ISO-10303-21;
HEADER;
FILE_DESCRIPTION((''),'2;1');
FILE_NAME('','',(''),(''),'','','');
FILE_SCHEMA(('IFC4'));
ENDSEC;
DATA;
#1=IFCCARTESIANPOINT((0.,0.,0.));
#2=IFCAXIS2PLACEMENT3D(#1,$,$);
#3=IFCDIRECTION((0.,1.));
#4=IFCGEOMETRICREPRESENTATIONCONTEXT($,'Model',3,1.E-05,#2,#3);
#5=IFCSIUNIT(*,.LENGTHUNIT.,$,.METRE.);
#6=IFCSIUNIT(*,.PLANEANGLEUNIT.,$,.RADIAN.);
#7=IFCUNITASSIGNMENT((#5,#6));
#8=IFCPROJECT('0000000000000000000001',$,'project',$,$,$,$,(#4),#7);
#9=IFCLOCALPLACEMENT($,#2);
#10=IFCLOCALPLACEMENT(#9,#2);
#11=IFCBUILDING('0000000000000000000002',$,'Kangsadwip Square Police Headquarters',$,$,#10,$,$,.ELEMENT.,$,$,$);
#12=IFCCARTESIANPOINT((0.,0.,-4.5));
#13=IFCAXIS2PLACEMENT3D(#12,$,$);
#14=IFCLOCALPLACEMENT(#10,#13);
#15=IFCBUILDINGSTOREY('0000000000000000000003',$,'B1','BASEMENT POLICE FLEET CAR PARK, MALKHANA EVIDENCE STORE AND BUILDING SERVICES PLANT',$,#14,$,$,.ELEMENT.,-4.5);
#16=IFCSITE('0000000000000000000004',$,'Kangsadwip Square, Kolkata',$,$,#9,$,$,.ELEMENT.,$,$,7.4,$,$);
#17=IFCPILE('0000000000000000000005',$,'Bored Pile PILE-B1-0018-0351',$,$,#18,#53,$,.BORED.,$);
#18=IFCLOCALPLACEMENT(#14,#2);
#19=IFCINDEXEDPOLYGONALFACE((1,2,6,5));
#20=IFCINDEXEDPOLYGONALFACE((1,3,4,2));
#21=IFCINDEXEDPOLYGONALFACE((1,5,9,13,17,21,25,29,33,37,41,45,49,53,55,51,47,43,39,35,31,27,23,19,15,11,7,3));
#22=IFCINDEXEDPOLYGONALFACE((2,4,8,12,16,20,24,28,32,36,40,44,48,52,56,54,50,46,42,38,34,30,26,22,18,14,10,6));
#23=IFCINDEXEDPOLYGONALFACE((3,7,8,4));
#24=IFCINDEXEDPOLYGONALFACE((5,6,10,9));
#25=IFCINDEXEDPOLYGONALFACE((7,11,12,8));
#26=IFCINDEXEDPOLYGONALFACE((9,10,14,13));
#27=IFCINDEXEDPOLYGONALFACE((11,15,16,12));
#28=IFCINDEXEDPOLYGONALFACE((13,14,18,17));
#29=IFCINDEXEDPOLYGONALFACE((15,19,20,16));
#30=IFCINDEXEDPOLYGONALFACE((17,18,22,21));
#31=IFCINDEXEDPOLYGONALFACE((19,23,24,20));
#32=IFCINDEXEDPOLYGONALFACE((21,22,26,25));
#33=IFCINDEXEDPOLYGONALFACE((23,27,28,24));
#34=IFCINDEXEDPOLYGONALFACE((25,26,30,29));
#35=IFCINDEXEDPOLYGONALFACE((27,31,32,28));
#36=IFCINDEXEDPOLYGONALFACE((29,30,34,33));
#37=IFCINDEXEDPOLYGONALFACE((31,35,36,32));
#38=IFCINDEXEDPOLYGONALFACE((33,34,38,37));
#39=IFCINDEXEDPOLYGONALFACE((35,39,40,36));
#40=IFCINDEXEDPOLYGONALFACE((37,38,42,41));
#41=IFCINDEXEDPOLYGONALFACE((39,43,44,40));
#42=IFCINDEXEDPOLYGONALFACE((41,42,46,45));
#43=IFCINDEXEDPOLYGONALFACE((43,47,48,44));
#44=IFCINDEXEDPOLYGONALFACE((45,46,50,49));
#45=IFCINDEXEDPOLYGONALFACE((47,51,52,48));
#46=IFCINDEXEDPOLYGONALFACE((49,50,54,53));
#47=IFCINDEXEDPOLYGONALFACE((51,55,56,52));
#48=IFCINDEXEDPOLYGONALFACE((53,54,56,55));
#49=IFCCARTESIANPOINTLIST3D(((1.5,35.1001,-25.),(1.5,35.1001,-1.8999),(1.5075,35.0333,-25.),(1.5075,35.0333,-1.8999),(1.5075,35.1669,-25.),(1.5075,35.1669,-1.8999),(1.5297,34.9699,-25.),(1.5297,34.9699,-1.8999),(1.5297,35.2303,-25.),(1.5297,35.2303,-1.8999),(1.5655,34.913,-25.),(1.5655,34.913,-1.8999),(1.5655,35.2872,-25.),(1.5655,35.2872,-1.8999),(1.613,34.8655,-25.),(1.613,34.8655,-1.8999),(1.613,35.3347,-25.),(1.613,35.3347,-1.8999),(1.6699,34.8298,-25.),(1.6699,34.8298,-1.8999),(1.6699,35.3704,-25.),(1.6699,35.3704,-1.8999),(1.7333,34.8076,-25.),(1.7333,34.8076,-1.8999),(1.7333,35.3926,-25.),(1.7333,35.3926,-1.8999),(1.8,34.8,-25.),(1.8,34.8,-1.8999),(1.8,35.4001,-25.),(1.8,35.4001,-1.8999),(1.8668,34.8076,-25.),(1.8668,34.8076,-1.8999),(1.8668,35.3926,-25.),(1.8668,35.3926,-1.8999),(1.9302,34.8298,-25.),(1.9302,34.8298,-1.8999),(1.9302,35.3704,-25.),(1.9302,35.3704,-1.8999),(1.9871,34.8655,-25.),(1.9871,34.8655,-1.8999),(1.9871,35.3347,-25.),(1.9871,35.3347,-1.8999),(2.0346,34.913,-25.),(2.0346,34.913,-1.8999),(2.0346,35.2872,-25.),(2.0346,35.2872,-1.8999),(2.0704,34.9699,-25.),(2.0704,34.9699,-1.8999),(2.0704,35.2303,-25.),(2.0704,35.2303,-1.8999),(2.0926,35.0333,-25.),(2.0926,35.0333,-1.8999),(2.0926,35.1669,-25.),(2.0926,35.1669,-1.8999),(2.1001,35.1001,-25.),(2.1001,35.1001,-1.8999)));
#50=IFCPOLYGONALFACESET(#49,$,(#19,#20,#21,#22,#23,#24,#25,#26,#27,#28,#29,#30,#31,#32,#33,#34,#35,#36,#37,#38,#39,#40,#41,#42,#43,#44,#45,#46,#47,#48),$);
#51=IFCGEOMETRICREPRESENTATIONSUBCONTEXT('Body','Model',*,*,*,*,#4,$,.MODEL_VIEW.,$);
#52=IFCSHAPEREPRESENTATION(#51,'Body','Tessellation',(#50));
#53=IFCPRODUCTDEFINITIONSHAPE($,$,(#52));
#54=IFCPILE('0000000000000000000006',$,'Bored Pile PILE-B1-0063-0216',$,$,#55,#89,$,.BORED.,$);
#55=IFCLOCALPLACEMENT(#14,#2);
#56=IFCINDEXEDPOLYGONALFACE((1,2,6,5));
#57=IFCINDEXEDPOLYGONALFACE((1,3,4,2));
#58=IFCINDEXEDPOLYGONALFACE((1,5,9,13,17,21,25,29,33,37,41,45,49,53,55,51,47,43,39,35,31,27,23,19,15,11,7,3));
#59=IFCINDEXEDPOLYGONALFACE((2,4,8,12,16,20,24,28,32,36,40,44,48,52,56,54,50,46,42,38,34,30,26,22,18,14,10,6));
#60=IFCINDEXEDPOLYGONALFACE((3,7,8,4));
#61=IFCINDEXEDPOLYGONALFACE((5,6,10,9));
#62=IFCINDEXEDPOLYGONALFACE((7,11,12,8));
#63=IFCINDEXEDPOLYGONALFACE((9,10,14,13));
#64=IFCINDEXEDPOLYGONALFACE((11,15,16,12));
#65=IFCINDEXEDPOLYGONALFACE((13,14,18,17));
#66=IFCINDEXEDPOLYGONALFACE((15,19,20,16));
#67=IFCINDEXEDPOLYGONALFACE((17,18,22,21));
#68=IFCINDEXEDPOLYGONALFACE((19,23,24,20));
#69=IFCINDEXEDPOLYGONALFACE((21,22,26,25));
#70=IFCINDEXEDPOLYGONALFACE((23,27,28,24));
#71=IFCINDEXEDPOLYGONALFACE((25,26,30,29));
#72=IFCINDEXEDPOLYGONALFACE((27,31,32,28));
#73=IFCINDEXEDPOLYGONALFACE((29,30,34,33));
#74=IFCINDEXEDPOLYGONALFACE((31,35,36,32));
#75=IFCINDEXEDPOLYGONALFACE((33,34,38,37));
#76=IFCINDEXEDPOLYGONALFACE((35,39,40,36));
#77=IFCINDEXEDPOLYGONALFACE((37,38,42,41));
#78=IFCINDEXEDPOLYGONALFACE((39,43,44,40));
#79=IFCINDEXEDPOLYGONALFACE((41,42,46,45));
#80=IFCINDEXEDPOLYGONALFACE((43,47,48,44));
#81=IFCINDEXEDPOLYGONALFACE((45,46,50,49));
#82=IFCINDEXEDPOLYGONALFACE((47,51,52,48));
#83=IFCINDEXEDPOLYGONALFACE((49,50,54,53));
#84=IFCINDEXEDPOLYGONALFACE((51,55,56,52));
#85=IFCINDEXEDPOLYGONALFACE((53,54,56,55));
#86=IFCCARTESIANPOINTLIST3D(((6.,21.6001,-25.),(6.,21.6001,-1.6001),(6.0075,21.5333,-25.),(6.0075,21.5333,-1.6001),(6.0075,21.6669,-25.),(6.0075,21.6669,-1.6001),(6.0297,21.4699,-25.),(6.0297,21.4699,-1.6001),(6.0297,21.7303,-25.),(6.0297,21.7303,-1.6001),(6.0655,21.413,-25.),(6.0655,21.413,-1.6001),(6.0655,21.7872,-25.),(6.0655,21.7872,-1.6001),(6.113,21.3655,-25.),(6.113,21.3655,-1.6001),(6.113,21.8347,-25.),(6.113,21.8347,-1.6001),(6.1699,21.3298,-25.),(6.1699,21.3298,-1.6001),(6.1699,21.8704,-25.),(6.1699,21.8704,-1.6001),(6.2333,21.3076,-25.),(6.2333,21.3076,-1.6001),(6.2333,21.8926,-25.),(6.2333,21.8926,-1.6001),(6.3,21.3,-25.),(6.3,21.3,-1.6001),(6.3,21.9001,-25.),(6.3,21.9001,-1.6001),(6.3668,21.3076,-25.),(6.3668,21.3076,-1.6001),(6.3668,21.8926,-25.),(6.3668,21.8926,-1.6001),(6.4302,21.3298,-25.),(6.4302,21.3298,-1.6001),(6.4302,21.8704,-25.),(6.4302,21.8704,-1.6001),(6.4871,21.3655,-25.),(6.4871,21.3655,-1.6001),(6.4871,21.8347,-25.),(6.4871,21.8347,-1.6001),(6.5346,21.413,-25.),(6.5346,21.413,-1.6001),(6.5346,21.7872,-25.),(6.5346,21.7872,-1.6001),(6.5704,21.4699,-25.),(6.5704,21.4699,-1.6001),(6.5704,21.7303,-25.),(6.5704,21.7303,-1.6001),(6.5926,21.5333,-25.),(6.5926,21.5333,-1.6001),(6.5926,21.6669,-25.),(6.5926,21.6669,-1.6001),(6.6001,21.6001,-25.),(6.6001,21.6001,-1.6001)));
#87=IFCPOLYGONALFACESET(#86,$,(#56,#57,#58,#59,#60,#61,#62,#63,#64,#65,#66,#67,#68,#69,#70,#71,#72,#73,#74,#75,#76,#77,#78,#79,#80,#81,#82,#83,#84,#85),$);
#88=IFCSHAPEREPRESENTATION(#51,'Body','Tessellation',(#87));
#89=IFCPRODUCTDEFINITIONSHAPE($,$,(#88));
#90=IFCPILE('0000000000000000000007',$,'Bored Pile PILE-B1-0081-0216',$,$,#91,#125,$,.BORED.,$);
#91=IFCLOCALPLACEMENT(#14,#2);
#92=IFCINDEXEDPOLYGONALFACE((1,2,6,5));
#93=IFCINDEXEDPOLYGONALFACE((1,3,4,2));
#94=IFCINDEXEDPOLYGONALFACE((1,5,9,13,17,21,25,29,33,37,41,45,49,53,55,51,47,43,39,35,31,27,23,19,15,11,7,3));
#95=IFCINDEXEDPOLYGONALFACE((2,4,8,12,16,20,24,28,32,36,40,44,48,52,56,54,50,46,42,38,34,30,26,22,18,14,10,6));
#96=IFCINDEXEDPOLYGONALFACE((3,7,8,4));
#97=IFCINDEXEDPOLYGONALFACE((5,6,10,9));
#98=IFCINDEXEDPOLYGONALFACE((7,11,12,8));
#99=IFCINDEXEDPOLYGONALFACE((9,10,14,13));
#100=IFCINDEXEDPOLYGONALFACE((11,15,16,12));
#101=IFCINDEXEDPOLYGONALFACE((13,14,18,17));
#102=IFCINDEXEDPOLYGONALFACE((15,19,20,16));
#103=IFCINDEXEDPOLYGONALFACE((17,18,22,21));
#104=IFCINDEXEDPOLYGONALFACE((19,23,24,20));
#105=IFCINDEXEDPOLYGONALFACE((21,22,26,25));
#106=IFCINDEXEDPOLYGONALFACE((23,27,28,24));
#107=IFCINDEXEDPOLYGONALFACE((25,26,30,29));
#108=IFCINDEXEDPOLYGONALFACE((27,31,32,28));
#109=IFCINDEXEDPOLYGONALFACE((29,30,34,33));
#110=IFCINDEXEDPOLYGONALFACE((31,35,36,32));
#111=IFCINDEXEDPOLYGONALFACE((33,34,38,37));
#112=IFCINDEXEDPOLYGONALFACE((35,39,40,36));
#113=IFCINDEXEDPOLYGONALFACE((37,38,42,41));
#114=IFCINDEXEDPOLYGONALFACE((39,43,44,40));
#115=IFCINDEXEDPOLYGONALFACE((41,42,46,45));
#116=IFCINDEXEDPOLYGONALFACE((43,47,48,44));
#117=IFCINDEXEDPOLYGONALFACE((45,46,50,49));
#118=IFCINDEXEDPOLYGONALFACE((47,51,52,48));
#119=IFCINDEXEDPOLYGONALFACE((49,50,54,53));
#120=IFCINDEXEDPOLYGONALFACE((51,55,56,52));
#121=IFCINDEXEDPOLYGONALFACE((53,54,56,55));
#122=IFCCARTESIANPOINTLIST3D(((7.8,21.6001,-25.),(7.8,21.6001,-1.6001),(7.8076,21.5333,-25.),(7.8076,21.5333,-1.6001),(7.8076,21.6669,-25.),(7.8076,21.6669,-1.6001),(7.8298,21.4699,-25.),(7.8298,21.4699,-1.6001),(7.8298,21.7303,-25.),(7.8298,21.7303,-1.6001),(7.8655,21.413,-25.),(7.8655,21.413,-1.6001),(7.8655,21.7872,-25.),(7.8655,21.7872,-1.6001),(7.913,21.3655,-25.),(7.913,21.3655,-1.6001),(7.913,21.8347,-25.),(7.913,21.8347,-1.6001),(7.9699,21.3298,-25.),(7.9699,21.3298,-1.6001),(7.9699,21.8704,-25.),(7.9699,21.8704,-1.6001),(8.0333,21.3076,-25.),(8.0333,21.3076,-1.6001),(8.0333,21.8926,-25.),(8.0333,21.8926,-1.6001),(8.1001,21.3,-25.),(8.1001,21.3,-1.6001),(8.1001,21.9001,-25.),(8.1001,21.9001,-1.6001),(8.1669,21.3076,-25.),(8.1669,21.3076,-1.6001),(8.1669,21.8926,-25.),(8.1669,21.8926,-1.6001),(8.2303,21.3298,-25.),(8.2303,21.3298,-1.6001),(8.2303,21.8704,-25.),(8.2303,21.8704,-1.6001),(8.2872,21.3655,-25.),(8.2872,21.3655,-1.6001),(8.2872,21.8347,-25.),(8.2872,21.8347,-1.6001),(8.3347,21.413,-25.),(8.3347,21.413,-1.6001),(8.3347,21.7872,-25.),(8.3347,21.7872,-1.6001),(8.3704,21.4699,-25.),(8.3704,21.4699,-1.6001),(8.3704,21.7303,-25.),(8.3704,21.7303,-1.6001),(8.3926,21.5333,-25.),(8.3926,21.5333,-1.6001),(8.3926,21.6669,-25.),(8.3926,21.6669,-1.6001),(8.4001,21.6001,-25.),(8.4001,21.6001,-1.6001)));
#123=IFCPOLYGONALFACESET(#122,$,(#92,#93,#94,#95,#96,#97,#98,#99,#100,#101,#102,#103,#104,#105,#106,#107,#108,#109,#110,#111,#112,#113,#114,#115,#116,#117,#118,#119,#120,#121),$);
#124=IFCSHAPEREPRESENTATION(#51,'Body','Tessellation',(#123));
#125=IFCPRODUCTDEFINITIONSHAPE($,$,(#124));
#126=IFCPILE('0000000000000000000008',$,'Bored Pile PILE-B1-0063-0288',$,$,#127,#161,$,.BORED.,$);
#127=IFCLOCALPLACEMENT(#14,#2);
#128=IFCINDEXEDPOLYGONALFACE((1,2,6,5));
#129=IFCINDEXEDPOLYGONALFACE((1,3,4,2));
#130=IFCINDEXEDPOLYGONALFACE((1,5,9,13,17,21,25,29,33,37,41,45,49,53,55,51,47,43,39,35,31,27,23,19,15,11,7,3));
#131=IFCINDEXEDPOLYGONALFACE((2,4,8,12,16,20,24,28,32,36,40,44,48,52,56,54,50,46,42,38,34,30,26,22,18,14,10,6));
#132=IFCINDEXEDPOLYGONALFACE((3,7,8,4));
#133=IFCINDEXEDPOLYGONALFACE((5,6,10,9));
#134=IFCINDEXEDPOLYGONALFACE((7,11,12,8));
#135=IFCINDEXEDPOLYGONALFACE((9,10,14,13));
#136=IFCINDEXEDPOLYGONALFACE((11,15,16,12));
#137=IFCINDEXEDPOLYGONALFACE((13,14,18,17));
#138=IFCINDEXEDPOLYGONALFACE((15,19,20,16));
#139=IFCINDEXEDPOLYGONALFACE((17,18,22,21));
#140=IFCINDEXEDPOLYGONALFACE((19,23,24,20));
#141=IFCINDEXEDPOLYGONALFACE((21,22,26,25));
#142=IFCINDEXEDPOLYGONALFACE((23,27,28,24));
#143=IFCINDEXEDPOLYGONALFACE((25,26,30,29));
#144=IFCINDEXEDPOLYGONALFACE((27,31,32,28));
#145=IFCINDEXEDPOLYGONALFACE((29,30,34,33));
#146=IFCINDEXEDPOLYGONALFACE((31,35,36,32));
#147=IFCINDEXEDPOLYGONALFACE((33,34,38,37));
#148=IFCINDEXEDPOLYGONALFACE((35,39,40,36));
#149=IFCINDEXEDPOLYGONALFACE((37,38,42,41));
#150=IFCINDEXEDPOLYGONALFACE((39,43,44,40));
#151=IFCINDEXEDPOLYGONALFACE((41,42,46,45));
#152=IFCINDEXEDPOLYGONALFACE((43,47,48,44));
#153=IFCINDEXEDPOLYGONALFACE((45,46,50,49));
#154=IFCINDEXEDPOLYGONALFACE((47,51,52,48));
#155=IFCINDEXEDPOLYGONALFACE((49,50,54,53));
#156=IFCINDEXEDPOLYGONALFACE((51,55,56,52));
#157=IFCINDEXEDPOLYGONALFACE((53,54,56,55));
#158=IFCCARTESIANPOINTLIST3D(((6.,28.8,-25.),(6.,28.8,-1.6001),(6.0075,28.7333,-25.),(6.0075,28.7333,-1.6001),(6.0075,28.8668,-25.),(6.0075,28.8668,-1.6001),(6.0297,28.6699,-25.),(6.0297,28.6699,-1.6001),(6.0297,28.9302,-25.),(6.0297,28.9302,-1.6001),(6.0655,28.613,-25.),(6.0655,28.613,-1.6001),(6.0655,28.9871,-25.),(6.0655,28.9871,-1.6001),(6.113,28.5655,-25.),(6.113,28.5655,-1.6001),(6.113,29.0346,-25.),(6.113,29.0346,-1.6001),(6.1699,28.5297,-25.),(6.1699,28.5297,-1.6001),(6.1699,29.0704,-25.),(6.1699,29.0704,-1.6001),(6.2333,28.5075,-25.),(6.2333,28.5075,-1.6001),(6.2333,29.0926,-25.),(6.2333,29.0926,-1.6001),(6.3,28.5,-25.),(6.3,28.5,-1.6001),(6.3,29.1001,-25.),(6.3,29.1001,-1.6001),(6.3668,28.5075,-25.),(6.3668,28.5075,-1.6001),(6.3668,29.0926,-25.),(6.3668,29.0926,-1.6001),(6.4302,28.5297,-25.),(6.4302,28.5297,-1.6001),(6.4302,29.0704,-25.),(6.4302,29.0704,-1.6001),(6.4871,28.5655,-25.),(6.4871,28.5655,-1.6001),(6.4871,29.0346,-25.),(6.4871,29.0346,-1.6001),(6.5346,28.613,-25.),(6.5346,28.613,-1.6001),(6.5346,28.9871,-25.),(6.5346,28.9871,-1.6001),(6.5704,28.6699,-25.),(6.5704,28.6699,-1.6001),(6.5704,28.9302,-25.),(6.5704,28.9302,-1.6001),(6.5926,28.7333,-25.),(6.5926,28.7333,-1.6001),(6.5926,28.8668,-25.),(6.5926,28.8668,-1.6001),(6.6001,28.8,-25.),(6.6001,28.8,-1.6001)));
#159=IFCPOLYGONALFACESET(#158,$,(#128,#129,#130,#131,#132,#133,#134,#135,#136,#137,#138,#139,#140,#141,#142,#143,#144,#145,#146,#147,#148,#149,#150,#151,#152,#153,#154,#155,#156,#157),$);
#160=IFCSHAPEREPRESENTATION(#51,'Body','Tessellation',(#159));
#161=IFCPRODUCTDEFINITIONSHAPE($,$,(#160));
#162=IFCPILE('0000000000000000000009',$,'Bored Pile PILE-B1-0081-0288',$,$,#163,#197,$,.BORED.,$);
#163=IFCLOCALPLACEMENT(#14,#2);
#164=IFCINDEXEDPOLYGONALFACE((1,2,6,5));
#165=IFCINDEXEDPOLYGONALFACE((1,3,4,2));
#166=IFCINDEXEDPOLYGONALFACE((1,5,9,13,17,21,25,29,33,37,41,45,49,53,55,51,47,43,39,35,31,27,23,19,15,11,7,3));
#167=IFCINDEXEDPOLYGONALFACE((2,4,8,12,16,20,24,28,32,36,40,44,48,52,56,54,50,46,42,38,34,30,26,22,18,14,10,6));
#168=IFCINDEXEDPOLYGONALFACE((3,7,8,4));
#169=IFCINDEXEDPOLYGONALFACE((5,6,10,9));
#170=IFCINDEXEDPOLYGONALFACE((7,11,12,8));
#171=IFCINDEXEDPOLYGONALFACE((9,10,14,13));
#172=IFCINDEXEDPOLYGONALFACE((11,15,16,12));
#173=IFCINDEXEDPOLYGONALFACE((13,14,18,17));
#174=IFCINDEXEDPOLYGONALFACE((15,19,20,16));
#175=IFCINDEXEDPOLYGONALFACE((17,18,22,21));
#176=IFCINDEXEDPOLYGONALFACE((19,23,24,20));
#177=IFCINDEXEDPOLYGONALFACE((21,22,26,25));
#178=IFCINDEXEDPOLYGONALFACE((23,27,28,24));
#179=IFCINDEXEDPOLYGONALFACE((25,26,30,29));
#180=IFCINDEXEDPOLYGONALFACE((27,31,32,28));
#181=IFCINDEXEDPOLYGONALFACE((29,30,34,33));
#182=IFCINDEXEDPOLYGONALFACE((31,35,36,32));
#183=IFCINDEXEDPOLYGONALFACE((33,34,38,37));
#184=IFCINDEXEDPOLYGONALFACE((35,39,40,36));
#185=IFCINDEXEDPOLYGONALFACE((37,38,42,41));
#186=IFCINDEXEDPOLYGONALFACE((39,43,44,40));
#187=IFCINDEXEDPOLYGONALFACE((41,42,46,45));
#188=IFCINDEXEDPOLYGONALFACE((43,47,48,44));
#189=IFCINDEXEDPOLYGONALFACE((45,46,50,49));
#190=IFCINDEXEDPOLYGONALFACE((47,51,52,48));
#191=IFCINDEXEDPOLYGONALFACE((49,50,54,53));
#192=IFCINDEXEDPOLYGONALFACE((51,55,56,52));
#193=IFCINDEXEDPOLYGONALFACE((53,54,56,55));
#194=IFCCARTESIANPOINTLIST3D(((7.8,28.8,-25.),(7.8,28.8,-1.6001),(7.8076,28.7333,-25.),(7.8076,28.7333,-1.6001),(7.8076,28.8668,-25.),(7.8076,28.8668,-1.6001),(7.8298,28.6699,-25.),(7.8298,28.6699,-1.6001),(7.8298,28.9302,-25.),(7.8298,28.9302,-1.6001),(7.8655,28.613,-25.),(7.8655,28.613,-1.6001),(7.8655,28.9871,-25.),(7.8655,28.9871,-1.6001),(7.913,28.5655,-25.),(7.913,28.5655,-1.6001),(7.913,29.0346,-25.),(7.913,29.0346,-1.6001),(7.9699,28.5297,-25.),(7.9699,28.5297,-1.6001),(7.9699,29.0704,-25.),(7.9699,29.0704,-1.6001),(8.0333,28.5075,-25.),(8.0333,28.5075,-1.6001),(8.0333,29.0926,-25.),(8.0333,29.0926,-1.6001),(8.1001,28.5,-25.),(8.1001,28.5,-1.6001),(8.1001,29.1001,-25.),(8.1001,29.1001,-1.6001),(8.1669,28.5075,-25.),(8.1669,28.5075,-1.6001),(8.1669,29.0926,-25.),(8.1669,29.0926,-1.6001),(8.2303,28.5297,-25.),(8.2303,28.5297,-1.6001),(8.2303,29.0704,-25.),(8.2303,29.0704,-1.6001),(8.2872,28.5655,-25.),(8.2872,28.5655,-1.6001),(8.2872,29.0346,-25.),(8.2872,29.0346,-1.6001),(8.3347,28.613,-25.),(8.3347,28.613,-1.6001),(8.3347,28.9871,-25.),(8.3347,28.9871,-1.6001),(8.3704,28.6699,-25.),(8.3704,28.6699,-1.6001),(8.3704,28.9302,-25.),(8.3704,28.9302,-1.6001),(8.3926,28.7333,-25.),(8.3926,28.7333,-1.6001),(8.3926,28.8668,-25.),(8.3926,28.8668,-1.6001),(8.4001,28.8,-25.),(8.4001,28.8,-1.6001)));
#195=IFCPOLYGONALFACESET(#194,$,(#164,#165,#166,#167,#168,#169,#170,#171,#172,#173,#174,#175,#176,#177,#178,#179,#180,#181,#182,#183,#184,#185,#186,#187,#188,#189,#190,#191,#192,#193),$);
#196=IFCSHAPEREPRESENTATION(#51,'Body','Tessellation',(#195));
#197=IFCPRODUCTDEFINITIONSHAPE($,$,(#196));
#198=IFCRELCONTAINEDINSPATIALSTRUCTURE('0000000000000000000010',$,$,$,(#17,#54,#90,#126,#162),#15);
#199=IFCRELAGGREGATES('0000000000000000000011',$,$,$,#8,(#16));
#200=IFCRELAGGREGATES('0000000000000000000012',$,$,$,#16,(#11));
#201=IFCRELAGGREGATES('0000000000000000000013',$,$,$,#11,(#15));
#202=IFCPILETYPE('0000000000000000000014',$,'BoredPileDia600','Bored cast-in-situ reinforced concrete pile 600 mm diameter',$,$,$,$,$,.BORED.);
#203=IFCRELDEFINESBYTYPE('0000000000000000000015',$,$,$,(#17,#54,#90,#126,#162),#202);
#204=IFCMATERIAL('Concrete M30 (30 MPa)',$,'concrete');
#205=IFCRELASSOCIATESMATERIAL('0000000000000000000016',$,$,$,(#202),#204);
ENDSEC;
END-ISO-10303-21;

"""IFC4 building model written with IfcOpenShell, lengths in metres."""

from ifc_helpers import new_model, si_unit, direction, frame, origin, origin_2d, place, context, subcontext, project, spatial, circle, extrude, material, material_profile, profile_set, type_object, element, save


model = new_model("IFC4")

# Units and contexts
model_context = context("Model", 3, precision=1e-05, world=origin(), true_north=direction((0.0, 1.0)))
body_context = subcontext(model_context, "Body", "Model", "MODEL_VIEW")
ifc_project = project(units=[si_unit("LENGTHUNIT", "METRE"), si_unit("PLANEANGLEUNIT", "RADIAN")], contexts=[model_context])

# Site, building, storey
site_placement = place(None, origin())
site = spatial("IfcSite", under=ifc_project, at=site_placement, Name="Kangsadwip Square, Kolkata", CompositionType="ELEMENT", RefElevation=7.4)
building_placement = place(site_placement, origin())
building = spatial("IfcBuilding", under=site, at=building_placement, Name="Kangsadwip Square Police Headquarters", CompositionType="ELEMENT")
storey_placement = place(building_placement, frame((0.0, 0.0, -4.5)))
storey = spatial("IfcBuildingStorey", under=building, at=storey_placement, Name="B1", Description="BASEMENT POLICE FLEET CAR PARK, MALKHANA EVIDENCE STORE AND BUILDING SERVICES PLANT", CompositionType="ELEMENT", Elevation=-4.5)

# Piles
ifc_material_1 = material(Name="Concrete M30 (30 MPa)", Category="concrete")
ifc_material_profile_1 = material_profile(ifc_material_1, circle(Radius=0.3, at=origin_2d()), Name="PILE DIA 600")
ifc_profile_set_1 = profile_set([ifc_material_profile_1], Name="Concrete M30 (30 MPa)")
pile_type = type_object("IfcPileType", Name="BoredPileDia600", Description="Bored cast-in-situ reinforced concrete pile 600 mm diameter", PredefinedType="BORED", material=ifc_profile_set_1)
for number, where, z_axis, x_axis, name in (
    (1, (1.8, 35.1001, -1.8999), (0.0, 0.0, -1.0), (1.0, 0.0, 0.0), "Bored Pile PILE-B1-0018-0351"),
):
    element("IfcPile", number, at=place(storey_placement, frame(where, z_axis=z_axis, x_axis=x_axis)), inside=storey, type_object=pile_type, Name=name, PredefinedType="BORED", context=body_context, shape_type="SweptSolid", body=[
        extrude(circle(Radius=0.3, at=origin_2d()), origin(), (0.0, 0.0, 1.0), 23.1001),
    ])
for number, where, z_axis, x_axis, name in (
    (2, (6.3, 21.6001, -1.6001), (0.0, 0.0, -1.0), (1.0, 0.0, 0.0), "Bored Pile PILE-B1-0063-0216"),
    (3, (8.1001, 21.6001, -1.6001), (0.0, 0.0, -1.0), (1.0, 0.0, 0.0), "Bored Pile PILE-B1-0081-0216"),
    (4, (6.3, 28.8, -1.6001), (0.0, 0.0, -1.0), (1.0, 0.0, 0.0), "Bored Pile PILE-B1-0063-0288"),
    (5, (8.1001, 28.8, -1.6001), (0.0, 0.0, -1.0), (1.0, 0.0, 0.0), "Bored Pile PILE-B1-0081-0288"),
):
    element("IfcPile", number, at=place(storey_placement, frame(where, z_axis=z_axis, x_axis=x_axis)), inside=storey, type_object=pile_type, Name=name, PredefinedType="BORED", context=body_context, shape_type="SweptSolid", body=[
        extrude(circle(Radius=0.3, at=origin_2d()), origin(), (0.0, 0.0, 1.0), 23.3999),
    ])

save(model, "model.ifc")
